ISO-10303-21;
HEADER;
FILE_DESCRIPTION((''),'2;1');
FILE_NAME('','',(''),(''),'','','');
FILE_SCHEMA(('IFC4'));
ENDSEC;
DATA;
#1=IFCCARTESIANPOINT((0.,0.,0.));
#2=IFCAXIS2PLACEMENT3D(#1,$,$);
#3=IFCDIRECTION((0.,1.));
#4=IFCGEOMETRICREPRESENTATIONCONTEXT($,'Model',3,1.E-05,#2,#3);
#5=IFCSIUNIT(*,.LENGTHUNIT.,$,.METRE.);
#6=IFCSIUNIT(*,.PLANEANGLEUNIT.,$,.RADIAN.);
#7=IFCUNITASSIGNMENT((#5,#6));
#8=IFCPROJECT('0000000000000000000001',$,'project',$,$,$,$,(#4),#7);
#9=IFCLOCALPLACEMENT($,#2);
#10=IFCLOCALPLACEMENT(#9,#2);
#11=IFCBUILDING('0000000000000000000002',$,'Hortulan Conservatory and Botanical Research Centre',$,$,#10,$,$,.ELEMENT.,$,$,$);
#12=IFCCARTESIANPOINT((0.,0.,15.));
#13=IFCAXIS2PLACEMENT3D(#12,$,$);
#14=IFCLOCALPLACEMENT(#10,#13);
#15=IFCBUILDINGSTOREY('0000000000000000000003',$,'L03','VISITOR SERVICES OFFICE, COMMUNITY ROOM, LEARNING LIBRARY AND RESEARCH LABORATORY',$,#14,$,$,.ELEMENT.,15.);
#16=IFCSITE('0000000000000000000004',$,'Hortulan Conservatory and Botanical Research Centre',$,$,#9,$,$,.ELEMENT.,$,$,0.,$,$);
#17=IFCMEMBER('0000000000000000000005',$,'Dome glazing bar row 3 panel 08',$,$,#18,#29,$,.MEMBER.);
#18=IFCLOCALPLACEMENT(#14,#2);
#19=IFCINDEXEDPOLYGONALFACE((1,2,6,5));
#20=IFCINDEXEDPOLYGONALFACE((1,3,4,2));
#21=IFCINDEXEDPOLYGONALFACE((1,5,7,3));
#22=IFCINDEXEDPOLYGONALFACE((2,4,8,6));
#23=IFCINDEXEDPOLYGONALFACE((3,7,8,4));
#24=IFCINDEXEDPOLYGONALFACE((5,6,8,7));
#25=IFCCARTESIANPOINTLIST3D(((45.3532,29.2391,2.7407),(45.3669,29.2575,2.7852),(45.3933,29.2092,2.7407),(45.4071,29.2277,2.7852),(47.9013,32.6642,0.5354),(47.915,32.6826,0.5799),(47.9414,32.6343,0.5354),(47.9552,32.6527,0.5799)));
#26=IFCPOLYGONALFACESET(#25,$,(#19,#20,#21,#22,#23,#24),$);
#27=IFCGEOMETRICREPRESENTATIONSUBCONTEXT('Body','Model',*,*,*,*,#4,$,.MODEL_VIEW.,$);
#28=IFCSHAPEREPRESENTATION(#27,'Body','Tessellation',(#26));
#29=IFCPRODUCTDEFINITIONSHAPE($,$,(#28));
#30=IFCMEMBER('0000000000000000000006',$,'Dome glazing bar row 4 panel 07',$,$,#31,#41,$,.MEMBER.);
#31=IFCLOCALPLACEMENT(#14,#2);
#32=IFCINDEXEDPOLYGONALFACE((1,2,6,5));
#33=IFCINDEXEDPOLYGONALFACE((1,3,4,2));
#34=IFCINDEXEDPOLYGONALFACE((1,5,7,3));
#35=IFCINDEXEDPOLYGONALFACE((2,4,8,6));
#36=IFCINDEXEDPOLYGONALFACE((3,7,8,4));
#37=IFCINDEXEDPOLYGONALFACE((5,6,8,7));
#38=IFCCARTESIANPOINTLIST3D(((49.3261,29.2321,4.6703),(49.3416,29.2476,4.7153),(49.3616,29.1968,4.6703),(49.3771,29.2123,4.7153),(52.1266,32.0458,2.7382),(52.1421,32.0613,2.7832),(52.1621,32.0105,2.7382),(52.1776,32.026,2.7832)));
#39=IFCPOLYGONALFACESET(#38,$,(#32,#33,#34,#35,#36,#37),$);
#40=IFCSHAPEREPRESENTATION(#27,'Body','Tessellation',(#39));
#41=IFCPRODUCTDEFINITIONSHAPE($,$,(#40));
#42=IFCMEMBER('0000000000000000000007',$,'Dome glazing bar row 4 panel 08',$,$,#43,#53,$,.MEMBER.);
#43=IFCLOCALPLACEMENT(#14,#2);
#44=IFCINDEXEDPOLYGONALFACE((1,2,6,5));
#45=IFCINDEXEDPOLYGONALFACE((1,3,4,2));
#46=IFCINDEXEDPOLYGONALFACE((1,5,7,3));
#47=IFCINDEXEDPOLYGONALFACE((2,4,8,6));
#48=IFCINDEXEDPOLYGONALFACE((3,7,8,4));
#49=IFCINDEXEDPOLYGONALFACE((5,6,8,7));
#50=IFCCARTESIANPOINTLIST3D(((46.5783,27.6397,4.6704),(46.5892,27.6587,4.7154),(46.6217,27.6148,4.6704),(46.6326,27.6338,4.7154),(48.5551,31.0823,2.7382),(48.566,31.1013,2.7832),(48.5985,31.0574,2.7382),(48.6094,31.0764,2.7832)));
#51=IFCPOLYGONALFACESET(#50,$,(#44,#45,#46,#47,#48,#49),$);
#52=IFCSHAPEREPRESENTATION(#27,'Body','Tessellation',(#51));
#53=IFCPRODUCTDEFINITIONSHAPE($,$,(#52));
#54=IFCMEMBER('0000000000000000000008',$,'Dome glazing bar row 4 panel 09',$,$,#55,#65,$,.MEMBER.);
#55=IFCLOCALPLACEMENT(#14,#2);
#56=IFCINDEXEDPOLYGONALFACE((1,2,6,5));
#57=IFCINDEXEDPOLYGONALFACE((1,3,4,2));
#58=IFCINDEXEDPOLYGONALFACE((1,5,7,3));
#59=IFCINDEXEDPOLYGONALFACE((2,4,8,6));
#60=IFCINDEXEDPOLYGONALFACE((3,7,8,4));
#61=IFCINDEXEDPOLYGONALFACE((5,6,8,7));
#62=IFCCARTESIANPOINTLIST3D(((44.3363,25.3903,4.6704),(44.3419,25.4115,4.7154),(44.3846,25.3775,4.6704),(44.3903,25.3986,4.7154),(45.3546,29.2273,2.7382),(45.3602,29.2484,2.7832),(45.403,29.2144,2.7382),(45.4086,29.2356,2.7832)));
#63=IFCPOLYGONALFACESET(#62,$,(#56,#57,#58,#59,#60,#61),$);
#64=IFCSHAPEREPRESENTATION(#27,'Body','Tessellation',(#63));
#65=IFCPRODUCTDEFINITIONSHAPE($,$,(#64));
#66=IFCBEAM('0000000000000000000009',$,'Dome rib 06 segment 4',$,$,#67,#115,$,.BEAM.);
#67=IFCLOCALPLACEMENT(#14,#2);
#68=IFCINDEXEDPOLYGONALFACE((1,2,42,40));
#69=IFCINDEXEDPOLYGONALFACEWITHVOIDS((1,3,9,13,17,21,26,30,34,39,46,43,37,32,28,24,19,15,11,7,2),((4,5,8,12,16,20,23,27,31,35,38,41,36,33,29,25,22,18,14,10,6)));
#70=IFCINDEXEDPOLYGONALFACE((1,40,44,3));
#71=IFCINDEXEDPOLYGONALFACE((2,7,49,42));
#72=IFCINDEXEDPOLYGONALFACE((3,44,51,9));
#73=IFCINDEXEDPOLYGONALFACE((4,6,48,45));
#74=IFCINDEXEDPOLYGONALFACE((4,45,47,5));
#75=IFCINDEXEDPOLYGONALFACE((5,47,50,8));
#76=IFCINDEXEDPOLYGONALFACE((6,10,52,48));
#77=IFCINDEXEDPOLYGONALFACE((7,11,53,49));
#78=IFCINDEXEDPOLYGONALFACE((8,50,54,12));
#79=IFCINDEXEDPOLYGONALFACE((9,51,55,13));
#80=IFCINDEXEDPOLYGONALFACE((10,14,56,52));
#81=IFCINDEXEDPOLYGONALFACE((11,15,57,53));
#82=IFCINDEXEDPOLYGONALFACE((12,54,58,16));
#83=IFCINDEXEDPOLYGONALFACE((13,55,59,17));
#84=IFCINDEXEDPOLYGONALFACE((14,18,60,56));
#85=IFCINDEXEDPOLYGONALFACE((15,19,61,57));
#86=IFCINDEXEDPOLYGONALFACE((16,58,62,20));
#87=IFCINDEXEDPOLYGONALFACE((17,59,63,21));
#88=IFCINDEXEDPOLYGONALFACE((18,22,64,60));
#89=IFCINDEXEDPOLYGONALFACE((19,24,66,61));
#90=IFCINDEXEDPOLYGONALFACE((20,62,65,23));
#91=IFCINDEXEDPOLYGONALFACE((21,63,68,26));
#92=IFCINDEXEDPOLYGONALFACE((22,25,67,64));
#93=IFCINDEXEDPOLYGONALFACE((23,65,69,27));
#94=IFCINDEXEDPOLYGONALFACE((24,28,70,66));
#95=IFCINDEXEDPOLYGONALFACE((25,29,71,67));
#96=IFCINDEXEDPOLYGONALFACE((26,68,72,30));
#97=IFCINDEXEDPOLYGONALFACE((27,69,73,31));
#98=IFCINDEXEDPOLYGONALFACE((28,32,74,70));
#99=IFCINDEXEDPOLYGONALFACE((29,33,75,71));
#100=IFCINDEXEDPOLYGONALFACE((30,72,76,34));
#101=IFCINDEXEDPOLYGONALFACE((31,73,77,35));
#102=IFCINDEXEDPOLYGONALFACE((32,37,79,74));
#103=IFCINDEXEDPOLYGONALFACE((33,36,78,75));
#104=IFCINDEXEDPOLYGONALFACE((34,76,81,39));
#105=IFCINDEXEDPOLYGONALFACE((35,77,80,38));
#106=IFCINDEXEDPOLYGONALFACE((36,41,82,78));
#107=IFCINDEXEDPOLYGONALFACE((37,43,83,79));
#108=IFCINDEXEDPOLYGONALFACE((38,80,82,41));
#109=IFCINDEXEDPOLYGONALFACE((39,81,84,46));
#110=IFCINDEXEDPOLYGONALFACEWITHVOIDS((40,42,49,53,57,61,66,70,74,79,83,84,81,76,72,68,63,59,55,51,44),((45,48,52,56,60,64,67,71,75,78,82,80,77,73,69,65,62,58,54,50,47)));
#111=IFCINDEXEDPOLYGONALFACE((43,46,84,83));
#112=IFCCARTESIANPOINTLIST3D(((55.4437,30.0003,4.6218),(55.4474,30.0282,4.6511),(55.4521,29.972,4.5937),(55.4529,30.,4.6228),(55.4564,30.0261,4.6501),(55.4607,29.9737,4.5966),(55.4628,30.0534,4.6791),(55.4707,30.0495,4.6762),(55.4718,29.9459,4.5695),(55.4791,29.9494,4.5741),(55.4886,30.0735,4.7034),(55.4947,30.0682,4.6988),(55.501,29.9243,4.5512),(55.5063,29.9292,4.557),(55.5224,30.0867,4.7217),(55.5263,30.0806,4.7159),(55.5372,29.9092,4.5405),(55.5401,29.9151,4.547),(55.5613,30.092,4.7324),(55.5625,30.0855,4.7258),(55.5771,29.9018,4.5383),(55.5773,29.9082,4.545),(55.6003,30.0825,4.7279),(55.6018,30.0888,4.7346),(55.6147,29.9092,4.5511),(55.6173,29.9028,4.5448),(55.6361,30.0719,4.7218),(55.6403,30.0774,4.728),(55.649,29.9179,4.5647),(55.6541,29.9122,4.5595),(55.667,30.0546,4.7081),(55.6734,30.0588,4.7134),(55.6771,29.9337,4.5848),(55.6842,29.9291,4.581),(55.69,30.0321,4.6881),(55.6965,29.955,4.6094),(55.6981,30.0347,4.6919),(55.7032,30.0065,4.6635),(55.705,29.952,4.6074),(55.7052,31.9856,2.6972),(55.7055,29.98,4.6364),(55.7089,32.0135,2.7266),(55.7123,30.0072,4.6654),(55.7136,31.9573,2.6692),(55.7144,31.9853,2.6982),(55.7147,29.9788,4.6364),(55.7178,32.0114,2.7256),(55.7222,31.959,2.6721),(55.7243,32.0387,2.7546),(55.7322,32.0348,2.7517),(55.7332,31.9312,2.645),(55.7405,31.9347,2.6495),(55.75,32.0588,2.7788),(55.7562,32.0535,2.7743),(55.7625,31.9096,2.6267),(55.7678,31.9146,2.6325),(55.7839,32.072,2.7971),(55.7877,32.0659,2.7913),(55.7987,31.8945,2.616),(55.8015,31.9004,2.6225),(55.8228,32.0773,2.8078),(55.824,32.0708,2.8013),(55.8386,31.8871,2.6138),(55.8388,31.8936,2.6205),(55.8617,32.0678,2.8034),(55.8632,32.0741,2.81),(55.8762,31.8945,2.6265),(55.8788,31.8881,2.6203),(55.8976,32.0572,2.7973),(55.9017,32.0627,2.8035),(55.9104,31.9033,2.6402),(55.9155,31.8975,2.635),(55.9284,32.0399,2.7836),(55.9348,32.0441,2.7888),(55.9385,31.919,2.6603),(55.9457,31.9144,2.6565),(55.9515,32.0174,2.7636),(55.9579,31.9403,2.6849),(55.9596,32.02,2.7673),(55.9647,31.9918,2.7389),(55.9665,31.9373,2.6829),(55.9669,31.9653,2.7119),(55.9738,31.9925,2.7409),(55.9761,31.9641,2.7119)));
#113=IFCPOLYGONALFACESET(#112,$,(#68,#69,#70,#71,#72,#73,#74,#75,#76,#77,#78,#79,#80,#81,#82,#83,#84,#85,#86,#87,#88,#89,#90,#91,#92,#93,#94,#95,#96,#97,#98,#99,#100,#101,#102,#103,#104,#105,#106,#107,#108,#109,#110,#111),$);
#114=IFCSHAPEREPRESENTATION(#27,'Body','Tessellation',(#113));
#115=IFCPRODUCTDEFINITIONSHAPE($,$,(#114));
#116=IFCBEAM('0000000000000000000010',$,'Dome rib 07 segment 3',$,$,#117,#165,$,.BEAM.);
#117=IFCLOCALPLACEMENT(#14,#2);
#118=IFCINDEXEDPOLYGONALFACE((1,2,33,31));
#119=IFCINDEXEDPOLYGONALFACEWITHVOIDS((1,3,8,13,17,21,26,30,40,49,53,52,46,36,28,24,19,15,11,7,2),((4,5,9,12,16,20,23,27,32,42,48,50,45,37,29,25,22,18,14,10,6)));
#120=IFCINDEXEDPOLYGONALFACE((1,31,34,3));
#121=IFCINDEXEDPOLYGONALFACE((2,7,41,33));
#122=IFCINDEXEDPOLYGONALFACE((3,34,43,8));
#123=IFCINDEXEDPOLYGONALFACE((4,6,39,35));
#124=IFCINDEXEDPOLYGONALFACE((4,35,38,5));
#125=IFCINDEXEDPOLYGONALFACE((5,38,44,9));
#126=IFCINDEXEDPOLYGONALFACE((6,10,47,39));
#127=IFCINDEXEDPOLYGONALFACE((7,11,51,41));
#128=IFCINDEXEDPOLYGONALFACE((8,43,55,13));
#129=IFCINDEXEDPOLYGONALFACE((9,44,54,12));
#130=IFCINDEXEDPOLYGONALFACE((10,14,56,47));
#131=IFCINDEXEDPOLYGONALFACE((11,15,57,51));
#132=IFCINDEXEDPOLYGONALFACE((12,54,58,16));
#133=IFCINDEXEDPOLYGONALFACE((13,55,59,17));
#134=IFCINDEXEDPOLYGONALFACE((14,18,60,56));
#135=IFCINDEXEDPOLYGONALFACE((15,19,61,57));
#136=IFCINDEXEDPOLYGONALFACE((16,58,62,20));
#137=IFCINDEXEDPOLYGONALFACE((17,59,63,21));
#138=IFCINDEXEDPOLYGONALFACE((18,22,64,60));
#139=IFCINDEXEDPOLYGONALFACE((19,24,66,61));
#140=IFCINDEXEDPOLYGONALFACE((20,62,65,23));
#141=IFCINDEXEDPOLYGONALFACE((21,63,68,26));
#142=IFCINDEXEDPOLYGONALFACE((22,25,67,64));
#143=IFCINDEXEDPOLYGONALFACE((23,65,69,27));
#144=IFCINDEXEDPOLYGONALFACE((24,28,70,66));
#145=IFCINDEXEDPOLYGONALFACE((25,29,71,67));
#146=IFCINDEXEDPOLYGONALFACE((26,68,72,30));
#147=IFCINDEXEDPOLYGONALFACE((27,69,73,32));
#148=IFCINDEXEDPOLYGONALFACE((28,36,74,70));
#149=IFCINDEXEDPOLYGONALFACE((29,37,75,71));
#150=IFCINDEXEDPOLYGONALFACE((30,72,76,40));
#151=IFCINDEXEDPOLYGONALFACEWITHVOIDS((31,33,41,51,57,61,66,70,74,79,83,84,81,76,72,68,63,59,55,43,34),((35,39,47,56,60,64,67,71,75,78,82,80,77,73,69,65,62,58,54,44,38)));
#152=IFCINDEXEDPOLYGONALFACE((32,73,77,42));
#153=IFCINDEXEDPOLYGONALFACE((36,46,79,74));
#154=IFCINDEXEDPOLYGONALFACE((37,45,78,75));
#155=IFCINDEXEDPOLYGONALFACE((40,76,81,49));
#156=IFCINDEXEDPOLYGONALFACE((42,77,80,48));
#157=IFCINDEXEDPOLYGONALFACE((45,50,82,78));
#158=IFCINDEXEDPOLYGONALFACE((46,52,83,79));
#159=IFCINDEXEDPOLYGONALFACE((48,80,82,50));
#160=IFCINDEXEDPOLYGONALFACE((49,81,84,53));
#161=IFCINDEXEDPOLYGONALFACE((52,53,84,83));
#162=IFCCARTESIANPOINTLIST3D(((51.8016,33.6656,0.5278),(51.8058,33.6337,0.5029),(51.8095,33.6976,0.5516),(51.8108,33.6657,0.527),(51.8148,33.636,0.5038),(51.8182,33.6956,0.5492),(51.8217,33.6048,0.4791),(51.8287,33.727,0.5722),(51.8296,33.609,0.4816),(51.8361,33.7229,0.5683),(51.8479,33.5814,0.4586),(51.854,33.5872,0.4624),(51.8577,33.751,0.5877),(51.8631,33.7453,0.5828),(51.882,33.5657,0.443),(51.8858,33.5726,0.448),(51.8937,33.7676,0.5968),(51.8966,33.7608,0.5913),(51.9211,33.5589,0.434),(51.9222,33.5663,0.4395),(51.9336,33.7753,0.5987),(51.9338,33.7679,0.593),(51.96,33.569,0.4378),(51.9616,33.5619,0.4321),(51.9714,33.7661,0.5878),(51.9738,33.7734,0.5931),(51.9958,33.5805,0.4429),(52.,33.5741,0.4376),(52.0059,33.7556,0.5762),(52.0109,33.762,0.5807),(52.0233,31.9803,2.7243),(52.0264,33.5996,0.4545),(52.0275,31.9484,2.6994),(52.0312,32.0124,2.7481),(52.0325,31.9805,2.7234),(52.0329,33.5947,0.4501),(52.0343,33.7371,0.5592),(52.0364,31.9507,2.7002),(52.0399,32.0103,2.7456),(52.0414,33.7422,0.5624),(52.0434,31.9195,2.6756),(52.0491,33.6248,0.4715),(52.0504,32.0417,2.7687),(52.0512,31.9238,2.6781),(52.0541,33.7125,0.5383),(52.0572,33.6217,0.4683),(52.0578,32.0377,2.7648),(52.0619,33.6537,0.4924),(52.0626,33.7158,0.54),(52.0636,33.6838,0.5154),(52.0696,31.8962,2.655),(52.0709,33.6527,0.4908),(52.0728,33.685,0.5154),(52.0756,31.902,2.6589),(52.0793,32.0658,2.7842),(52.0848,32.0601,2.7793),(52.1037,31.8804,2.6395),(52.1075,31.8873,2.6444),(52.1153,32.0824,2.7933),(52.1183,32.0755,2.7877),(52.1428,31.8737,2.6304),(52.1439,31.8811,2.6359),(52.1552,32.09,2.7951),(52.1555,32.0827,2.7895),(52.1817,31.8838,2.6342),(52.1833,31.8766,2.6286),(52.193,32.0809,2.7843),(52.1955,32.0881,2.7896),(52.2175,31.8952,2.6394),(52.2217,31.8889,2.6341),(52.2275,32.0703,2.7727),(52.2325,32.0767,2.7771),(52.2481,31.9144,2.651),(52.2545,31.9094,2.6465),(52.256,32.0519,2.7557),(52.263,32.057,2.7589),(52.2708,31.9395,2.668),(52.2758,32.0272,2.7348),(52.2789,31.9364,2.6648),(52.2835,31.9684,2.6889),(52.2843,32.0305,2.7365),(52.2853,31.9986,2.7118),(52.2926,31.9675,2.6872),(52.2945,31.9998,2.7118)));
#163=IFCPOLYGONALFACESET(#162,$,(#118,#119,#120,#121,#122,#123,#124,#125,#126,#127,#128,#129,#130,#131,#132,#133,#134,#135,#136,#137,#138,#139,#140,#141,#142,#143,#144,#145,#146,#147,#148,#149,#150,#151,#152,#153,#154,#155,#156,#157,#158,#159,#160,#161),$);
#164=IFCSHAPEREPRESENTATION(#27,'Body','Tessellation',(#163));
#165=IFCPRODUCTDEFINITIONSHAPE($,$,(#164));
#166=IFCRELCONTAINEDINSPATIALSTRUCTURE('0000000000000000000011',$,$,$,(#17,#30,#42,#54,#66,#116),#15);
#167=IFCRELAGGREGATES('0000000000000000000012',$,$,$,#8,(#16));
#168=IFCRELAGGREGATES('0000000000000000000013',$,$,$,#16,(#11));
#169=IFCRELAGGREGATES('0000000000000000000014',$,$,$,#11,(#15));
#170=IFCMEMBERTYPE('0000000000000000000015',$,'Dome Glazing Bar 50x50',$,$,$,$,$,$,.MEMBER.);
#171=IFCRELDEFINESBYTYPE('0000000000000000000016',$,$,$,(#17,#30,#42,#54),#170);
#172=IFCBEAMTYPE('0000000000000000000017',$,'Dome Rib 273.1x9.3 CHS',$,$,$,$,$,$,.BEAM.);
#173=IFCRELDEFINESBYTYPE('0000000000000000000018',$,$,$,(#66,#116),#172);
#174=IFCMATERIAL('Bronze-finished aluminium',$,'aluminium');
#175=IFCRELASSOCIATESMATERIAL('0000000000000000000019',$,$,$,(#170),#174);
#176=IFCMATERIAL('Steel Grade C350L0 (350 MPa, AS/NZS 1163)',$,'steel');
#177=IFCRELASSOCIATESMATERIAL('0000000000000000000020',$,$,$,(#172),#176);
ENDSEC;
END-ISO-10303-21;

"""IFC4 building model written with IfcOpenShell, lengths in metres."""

from ifc_helpers import new_model, si_unit, direction, frame, origin, origin_2d, place, context, subcontext, project, spatial, rectangle, hollow_circle, extrude, material, material_profile, profile_set, type_object, element, save


model = new_model("IFC4")

# Units and contexts
model_context = context("Model", 3, precision=1e-05, world=origin(), true_north=direction((0.0, 1.0)))
body_context = subcontext(model_context, "Body", "Model", "MODEL_VIEW")
ifc_project = project(units=[si_unit("LENGTHUNIT", "METRE"), si_unit("PLANEANGLEUNIT", "RADIAN")], contexts=[model_context])

# Site, building, storey
site_placement = place(None, origin())
site = spatial("IfcSite", under=ifc_project, at=site_placement, Name="Hortulan Conservatory and Botanical Research Centre", CompositionType="ELEMENT", RefElevation=0.0)
building_placement = place(site_placement, origin())
building = spatial("IfcBuilding", under=site, at=building_placement, Name="Hortulan Conservatory and Botanical Research Centre", CompositionType="ELEMENT")
storey_placement = place(building_placement, frame((0.0, 0.0, 15.0)))
storey = spatial("IfcBuildingStorey", under=building, at=storey_placement, Name="L03", Description="VISITOR SERVICES OFFICE, COMMUNITY ROOM, LEARNING LIBRARY AND RESEARCH LABORATORY", CompositionType="ELEMENT", Elevation=15.0)

# Members
ifc_material_1 = material(Name="Bronze-finished aluminium", Category="aluminium")
ifc_material_profile_1 = material_profile(ifc_material_1, rectangle(XDim=0.05, YDim=0.05, at=origin_2d()), Name="Square bar 50x50")
ifc_profile_set_1 = profile_set([ifc_material_profile_1], Name="Bronze-finished aluminium")
member_type_1 = type_object("IfcMemberType", Name="Dome Glazing Bar 50x50", PredefinedType="MEMBER", material=ifc_profile_set_1)
member_1_placement = place(storey_placement, frame((47.9282, 32.6584, 0.5576), z_axis=(-0.53031, -0.712822, 0.458972), x_axis=(0.80232, -0.596893, 0.0)))
element("IfcMember", 1, at=member_1_placement, inside=storey, type_object=member_type_1, Name="Dome glazing bar row 3 panel 08", PredefinedType="MEMBER", context=body_context, shape_type="SweptSolid", body=[
    extrude(rectangle(XDim=0.05, YDim=0.05, at=origin_2d()), origin(), (0.0, 0.0, 1.0), 4.8049),
])
for number, where, z_axis, x_axis, name in (
    (2, (52.1521, 32.0359, 2.7607), (-0.634308, -0.637294, 0.437618), (0.708765, -0.705444, 0.0), "Dome glazing bar row 4 panel 07"),
    (3, (48.5823, 31.0793, 2.7607), (-0.447744, -0.77975, 0.437624), (0.8672, -0.497959, 0.0), "Dome glazing bar row 4 panel 08"),
    (4, (45.3816, 29.2314, 2.7607), (-0.230649, -0.869068, 0.437631), (0.966539, -0.256518, 0.0), "Dome glazing bar row 4 panel 09"),
):
    element("IfcMember", number, at=place(storey_placement, frame(where, z_axis=z_axis, x_axis=x_axis)), inside=storey, type_object=member_type_1, Name=name, PredefinedType="MEMBER", context=body_context, shape_type="SweptSolid", body=[
        extrude(rectangle(XDim=0.05, YDim=0.05, at=origin_2d()), origin(), (0.0, 0.0, 1.0), 4.415),
    ])

# Beams
ifc_material_2 = material(Name="Steel Grade C350L0 (350 MPa, AS/NZS 1163)", Category="steel")
ifc_material_profile_2 = material_profile(ifc_material_2, hollow_circle(Radius=0.1365, WallThickness=0.0093, at=origin_2d()), Name="273.1x9.3CHS")
ifc_profile_set_2 = profile_set([ifc_material_profile_2], Name="Steel Grade C350L0 (350 MPa, AS/NZS 1163)")
beam_type = type_object("IfcBeamType", Name="Dome Rib 273.1x9.3 CHS", PredefinedType="BEAM", material=ifc_profile_set_2)
for number, where, z_axis, x_axis, name in (
    (5, (55.8408, 31.9819, 2.7119), (-0.094144, -0.714825, 0.692937), (0.991439, -0.130574, 0.0), "Dome rib 06 segment 4"),
    (6, (51.9375, 33.6672, 0.5154), (0.079815, -0.606784, 0.79085), (0.99146, 0.130414, 0.0), "Dome rib 07 segment 3"),
):
    element("IfcBeam", number, at=place(storey_placement, frame(where, z_axis=z_axis, x_axis=x_axis)), inside=storey, type_object=beam_type, Name=name, PredefinedType="BEAM", context=body_context, shape_type="SweptSolid", body=[
        extrude(hollow_circle(Radius=0.1365, WallThickness=0.0093, at=origin_2d()), origin(), (0.0, 0.0, 1.0), 2.7773),
    ])

save(model, "model.ifc")
